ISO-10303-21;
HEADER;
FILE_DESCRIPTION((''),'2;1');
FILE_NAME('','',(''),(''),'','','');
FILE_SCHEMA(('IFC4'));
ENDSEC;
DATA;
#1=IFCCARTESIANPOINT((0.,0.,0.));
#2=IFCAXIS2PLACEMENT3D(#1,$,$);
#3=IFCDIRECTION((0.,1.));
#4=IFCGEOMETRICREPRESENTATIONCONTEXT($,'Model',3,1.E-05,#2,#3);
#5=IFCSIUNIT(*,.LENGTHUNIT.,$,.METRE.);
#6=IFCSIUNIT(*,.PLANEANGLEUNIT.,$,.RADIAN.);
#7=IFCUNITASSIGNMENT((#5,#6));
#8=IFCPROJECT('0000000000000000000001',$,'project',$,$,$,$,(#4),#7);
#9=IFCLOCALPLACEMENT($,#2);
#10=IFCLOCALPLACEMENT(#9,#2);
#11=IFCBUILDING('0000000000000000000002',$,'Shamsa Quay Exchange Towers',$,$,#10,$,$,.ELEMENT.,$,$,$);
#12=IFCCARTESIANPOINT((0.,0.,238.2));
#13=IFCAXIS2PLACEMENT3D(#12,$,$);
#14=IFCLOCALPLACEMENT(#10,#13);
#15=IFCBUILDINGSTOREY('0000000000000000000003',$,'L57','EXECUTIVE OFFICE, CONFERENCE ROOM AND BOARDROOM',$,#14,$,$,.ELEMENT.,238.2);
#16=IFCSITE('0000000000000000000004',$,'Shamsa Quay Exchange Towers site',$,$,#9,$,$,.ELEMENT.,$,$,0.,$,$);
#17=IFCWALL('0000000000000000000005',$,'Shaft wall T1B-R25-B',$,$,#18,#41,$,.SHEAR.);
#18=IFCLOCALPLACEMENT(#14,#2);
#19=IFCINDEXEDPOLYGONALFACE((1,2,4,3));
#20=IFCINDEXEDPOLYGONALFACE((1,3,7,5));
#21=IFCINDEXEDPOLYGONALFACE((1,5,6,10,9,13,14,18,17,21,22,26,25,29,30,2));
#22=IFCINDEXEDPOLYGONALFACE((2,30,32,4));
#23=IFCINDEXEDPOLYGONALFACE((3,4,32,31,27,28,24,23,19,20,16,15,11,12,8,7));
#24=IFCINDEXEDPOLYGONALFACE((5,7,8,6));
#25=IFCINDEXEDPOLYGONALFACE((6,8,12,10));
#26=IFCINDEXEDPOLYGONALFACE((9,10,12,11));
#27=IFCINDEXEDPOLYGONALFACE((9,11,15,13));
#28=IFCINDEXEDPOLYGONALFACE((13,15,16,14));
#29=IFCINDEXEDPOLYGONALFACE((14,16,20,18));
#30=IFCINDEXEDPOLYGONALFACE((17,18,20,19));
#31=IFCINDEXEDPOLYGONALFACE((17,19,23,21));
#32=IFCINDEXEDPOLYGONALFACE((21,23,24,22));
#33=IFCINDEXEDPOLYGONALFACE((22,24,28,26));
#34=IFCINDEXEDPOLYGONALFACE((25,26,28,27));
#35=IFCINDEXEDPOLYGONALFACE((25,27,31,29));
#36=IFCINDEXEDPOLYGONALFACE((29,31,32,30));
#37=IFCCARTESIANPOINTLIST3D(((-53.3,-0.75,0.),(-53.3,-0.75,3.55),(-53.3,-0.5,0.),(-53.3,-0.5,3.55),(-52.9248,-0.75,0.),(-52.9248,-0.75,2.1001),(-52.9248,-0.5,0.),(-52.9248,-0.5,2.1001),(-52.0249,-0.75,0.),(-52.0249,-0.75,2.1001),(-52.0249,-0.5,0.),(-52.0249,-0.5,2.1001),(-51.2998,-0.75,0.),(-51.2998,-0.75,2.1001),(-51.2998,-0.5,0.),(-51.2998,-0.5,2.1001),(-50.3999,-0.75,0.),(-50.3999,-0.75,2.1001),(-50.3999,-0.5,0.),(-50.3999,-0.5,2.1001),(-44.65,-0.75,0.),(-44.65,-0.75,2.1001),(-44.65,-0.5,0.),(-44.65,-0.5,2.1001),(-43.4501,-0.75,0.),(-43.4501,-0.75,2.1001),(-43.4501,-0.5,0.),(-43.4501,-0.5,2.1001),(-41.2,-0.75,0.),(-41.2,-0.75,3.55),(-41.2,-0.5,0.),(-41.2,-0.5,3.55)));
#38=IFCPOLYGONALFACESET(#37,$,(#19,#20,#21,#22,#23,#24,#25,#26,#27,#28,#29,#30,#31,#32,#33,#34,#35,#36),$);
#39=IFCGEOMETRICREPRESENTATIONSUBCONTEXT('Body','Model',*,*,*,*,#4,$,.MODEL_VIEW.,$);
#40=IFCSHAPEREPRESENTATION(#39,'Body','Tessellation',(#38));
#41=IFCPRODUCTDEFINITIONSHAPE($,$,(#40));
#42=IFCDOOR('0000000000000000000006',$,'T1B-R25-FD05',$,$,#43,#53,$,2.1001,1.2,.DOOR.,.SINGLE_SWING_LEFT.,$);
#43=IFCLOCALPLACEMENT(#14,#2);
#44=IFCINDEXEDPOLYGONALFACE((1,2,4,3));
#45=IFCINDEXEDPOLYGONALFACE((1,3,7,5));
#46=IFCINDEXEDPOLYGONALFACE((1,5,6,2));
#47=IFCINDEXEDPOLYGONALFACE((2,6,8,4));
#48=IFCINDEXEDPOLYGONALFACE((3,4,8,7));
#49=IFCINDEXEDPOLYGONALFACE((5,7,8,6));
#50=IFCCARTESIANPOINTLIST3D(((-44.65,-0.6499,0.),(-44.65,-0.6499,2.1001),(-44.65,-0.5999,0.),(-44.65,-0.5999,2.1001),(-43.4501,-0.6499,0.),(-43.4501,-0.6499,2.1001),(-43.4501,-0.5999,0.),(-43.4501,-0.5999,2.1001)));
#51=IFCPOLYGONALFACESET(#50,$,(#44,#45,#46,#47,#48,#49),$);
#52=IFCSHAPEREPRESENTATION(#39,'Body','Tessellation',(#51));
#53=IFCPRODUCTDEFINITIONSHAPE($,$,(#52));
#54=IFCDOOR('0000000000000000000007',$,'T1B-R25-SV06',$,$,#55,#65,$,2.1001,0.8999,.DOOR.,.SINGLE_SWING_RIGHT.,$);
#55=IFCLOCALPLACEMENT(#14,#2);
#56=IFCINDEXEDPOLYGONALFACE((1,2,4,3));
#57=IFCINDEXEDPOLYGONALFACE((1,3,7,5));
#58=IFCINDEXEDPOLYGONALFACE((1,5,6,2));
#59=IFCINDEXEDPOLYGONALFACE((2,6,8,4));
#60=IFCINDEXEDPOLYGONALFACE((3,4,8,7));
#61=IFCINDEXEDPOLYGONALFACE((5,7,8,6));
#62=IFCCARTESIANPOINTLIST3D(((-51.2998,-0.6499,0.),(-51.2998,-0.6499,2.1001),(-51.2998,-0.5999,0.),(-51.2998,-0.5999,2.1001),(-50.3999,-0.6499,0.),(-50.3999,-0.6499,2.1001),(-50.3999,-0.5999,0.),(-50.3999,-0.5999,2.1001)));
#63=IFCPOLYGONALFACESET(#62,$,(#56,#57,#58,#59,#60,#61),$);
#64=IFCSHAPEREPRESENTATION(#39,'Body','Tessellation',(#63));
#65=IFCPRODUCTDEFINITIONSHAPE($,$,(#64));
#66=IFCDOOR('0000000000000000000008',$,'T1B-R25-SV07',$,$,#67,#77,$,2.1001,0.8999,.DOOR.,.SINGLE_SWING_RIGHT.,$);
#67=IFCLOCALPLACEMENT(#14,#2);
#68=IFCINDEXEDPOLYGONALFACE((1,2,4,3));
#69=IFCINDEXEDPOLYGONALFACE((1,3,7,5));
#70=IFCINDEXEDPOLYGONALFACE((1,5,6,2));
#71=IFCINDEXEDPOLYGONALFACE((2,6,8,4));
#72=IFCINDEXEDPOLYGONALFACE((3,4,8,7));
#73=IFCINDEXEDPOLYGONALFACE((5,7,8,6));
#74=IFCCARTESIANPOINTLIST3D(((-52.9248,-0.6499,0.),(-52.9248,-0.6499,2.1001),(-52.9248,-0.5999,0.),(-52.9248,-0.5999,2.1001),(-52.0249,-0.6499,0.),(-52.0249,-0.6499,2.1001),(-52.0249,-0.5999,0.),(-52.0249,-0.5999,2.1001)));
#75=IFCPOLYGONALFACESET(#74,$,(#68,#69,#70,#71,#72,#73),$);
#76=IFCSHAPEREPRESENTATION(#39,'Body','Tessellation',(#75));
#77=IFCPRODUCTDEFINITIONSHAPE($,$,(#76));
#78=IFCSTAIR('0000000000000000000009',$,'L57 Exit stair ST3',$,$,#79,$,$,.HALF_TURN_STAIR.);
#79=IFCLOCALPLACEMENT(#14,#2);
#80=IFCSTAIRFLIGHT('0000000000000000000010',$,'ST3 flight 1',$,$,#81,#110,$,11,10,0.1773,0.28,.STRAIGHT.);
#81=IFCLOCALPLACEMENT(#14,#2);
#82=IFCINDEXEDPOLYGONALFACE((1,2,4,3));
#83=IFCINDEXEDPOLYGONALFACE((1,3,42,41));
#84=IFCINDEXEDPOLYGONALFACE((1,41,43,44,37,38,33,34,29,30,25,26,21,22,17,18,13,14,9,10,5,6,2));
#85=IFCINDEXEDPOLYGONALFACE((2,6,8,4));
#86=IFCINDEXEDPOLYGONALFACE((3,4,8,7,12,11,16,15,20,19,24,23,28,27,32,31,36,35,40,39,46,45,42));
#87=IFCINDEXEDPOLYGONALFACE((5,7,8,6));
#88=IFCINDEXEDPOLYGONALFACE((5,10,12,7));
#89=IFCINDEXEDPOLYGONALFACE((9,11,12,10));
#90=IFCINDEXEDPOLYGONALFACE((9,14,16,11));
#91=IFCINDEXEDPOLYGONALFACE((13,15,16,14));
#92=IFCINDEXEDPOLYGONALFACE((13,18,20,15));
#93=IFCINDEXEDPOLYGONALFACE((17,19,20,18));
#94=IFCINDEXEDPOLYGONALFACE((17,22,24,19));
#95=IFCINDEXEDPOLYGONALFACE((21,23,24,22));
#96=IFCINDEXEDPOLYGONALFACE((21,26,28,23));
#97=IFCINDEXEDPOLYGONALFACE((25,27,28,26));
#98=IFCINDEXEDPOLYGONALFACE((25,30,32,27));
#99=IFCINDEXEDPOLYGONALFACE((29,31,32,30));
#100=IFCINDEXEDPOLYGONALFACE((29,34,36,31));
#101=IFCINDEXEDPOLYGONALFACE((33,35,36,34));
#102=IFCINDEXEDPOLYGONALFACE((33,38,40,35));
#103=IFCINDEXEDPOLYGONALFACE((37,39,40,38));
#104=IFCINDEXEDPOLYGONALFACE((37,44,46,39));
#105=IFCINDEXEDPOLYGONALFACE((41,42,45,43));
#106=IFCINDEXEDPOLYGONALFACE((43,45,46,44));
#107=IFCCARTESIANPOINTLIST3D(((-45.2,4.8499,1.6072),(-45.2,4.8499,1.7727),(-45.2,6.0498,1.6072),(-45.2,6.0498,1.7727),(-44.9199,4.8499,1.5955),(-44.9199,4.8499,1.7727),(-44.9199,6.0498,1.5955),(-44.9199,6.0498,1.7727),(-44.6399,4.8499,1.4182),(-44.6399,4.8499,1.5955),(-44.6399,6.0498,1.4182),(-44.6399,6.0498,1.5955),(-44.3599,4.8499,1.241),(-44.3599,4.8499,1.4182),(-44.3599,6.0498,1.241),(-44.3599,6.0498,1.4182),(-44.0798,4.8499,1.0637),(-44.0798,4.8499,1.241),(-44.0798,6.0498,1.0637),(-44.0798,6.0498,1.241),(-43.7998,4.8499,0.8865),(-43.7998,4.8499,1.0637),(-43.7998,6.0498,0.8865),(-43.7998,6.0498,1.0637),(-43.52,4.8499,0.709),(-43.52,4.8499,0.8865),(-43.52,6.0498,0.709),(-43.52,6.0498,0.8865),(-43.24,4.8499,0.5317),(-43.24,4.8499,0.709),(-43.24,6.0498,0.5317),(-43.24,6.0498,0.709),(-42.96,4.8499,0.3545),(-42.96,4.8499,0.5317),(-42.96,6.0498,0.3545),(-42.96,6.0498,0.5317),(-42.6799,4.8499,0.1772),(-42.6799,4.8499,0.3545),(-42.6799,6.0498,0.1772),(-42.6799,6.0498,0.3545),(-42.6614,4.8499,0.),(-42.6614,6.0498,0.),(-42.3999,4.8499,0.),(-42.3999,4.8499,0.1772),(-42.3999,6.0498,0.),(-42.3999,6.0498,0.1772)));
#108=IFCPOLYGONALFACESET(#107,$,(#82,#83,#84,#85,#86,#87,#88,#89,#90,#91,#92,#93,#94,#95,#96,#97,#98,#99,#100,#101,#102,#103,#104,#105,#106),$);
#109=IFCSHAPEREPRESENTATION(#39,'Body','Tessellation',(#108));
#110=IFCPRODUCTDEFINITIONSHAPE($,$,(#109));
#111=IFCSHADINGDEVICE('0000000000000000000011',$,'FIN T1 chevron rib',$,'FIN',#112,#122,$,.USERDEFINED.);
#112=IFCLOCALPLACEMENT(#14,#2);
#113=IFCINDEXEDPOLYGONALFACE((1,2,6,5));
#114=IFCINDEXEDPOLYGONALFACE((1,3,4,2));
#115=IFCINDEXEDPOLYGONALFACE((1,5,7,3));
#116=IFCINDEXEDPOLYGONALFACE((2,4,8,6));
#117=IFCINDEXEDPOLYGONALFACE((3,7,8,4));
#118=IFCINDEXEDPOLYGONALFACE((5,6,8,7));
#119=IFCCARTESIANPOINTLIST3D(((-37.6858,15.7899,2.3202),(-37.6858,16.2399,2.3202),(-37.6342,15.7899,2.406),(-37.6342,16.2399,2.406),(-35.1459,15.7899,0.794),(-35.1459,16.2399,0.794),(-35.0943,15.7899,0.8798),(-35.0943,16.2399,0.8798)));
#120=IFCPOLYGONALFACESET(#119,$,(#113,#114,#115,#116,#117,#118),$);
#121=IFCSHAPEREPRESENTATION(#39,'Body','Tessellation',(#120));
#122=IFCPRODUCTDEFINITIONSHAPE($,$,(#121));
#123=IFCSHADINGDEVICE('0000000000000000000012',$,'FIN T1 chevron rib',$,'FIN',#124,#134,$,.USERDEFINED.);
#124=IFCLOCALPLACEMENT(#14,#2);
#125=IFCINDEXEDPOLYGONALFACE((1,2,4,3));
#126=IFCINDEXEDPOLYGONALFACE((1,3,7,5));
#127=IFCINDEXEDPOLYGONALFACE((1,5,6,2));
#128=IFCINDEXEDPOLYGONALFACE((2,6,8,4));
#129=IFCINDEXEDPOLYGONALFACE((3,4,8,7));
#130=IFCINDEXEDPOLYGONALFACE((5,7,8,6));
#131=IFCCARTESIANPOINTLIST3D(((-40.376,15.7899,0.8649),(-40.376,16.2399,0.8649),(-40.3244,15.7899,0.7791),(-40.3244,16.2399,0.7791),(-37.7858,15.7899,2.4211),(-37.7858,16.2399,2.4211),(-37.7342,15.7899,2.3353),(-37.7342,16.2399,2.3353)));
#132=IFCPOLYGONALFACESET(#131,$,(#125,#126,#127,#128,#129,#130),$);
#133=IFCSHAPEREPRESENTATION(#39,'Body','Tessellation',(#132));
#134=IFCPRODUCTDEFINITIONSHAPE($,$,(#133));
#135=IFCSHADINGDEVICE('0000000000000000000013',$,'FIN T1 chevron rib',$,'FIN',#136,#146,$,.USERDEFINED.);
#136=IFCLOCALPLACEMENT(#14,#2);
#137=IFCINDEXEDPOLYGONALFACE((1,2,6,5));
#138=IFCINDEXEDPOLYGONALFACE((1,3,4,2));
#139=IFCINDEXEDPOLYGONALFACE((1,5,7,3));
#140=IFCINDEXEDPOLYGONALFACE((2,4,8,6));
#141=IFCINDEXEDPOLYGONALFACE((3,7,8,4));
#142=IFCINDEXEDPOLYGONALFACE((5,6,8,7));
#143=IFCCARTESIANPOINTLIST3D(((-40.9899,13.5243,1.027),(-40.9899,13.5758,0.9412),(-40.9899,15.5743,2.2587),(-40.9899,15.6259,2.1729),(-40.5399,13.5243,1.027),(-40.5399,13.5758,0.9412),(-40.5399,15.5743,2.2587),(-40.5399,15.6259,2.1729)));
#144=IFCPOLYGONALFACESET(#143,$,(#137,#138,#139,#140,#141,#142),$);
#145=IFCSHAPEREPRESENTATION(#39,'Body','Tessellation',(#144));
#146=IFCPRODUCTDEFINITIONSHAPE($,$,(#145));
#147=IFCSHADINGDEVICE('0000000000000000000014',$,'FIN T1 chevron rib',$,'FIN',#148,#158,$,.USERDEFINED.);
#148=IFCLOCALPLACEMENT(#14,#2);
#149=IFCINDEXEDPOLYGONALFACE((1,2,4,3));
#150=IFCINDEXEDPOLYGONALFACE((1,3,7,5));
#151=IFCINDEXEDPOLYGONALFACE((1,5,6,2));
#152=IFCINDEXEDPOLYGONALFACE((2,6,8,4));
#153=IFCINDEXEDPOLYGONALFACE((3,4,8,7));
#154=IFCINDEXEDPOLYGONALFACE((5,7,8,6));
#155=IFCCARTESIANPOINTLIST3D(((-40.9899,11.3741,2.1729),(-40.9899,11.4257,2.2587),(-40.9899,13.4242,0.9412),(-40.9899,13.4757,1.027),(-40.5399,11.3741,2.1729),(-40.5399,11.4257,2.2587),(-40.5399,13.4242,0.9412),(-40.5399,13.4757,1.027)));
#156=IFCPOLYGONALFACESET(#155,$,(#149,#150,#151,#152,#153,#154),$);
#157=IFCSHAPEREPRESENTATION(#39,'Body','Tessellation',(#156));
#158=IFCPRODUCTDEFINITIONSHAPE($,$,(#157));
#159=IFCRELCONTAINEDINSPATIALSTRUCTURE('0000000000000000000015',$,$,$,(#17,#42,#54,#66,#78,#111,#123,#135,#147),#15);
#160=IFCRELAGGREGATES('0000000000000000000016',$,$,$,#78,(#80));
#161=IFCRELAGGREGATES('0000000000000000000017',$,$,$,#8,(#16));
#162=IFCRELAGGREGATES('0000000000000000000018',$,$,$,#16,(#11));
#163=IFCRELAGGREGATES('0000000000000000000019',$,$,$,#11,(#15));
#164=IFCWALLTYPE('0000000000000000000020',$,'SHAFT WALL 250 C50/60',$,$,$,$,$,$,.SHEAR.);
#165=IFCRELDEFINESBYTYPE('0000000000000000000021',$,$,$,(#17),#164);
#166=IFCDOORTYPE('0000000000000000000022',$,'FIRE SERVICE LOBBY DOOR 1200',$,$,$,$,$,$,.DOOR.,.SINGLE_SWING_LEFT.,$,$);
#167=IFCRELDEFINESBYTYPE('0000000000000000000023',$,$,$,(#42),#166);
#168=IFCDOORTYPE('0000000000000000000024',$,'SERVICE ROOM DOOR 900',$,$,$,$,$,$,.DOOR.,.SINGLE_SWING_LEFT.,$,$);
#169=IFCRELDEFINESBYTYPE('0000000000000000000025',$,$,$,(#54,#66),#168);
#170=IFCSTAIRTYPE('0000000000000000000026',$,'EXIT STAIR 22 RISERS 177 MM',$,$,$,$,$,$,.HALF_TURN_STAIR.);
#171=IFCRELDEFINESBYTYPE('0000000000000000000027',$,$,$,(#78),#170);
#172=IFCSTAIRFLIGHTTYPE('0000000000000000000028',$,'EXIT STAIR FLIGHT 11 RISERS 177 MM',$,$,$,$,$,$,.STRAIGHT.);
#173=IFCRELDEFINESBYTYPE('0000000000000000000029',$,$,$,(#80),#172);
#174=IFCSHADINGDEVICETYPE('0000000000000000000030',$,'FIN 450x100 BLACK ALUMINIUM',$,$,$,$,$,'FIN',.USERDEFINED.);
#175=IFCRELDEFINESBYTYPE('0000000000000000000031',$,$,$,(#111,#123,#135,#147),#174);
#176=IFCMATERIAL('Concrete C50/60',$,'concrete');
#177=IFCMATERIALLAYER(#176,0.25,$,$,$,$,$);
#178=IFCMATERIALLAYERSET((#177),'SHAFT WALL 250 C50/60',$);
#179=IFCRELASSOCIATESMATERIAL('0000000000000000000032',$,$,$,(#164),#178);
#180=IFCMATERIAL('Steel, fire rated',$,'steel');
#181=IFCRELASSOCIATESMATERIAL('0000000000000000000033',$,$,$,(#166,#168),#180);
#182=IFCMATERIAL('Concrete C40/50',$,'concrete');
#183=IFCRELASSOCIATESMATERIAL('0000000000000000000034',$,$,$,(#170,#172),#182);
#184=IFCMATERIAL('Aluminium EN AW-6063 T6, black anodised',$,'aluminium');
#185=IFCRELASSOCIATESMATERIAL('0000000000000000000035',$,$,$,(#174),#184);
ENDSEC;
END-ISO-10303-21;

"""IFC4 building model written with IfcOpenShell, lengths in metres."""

from ifc_helpers import new_model, si_unit, direction, frame, frame_2d, origin, origin_2d, place, context, subcontext, project, spatial, polyline, rectangle, outline, extrude, material, layer, layer_set, material_profile, profile_set, type_object, element, fill, aggregate, save


model = new_model("IFC4")

# Units and contexts
model_context = context("Model", 3, precision=1e-05, world=origin(), true_north=direction((0.0, 1.0)))
body_context = subcontext(model_context, "Body", "Model", "MODEL_VIEW")
ifc_project = project(units=[si_unit("LENGTHUNIT", "METRE"), si_unit("PLANEANGLEUNIT", "RADIAN")], contexts=[model_context])

# Site, building, storey
site_placement = place(None, origin())
site = spatial("IfcSite", under=ifc_project, at=site_placement, Name="Shamsa Quay Exchange Towers site", CompositionType="ELEMENT", RefElevation=0.0)
building_placement = place(site_placement, origin())
building = spatial("IfcBuilding", under=site, at=building_placement, Name="Shamsa Quay Exchange Towers", CompositionType="ELEMENT")
storey_placement = place(building_placement, frame((0.0, 0.0, 238.2)))
storey = spatial("IfcBuildingStorey", under=building, at=storey_placement, Name="L57", Description="EXECUTIVE OFFICE, CONFERENCE ROOM AND BOARDROOM", CompositionType="ELEMENT", Elevation=238.2)

# Shared definitions
ifc_material_1 = material(Name="Aluminium EN AW-6063 T6, black anodised", Category="aluminium")

# Wall, openings, doors
ifc_material_2 = material(Name="Concrete C50/60", Category="concrete")
ifc_layer_1 = layer(ifc_material_2, 0.25)
ifc_layer_set_1 = layer_set([ifc_layer_1], Name="SHAFT WALL 250 C50/60")
wall_type_1 = type_object("IfcWallType", Name="SHAFT WALL 250 C50/60", PredefinedType="SHEAR", material=ifc_layer_set_1)
wall_1_placement = place(storey_placement, frame((-41.2, -0.625, 0.0), z_axis=(0.0, 0.0, 1.0), x_axis=(-1.0, 0.0, 0.0)))
wall_1 = element("IfcWall", 1, at=wall_1_placement, inside=storey, type_object=wall_type_1, Name="Shaft wall T1B-R25-B", PredefinedType="SHEAR", context=body_context, shape_type="SweptSolid", body=[
    extrude(rectangle(XDim=12.1001, YDim=0.25, at=frame_2d((6.05, 0.0))), origin(), (0.0, 0.0, 1.0), 3.55),
])
opening_1_placement = place(wall_1_placement, frame((2.25, 0.0, 0.0)))
opening_1 = element("IfcOpeningElement", 2, at=opening_1_placement, cuts=wall_1, PredefinedType="OPENING", context=body_context, shape_type="SweptSolid", body=[
    extrude(rectangle(XDim=1.2, YDim=2.1001, at=frame_2d((0.6001, 1.05))), frame((0.0, 0.135, 0.0), z_axis=(0.0, -1.0, 0.0), x_axis=(1.0, 0.0, 0.0)), (0.0, 0.0, 1.0), 0.27),
])
opening_2_placement = place(wall_1_placement, frame((9.2, 0.0, 0.0)))
opening_2 = element("IfcOpeningElement", 3, at=opening_2_placement, cuts=wall_1, PredefinedType="OPENING", context=body_context, shape_type="SweptSolid", body=[
    extrude(rectangle(XDim=0.8999, YDim=2.1001, at=frame_2d((0.45, 1.05))), frame((0.0, 0.135, 0.0), z_axis=(0.0, -1.0, 0.0), x_axis=(1.0, 0.0, 0.0)), (0.0, 0.0, 1.0), 0.27),
])
opening_3_placement = place(wall_1_placement, frame((10.825, 0.0, 0.0)))
opening_3 = element("IfcOpeningElement", 4, at=opening_3_placement, cuts=wall_1, PredefinedType="OPENING", context=body_context, shape_type="SweptSolid", body=[
    extrude(rectangle(XDim=0.8999, YDim=2.1001, at=frame_2d((0.45, 1.05))), frame((0.0, 0.135, 0.0), z_axis=(0.0, -1.0, 0.0), x_axis=(1.0, 0.0, 0.0)), (0.0, 0.0, 1.0), 0.27),
])
ifc_material_3 = material(Name="Steel, fire rated", Category="steel")
door_type_1 = type_object("IfcDoorType", Name="FIRE SERVICE LOBBY DOOR 1200", OperationType="SINGLE_SWING_LEFT", PredefinedType="DOOR", material=ifc_material_3)
door_1_placement = place(opening_1_placement, origin())
door_1 = element("IfcDoor", 5, at=door_1_placement, inside=storey, type_object=door_type_1, Name="T1B-R25-FD05", OperationType="SINGLE_SWING_LEFT", OverallHeight=2.1001, OverallWidth=1.2, PredefinedType="DOOR", context=body_context, shape_type="SweptSolid", body=[
    extrude(rectangle(XDim=1.2, YDim=2.1001, at=frame_2d((0.6001, 1.05))), frame((0.0, 0.0249, 0.0), z_axis=(0.0, -1.0, 0.0), x_axis=(1.0, 0.0, 0.0)), (0.0, 0.0, 1.0), 0.05),
])
fill(opening_1, door_1)
door_type_2 = type_object("IfcDoorType", Name="SERVICE ROOM DOOR 900", OperationType="SINGLE_SWING_LEFT", PredefinedType="DOOR", material=ifc_material_3)
door_2_placement = place(opening_2_placement, origin())
door_2 = element("IfcDoor", 6, at=door_2_placement, inside=storey, type_object=door_type_2, Name="T1B-R25-SV06", OperationType="SINGLE_SWING_RIGHT", OverallHeight=2.1001, OverallWidth=0.8999, PredefinedType="DOOR", context=body_context, shape_type="SweptSolid", body=[
    extrude(rectangle(XDim=0.8999, YDim=2.1001, at=frame_2d((0.45, 1.05))), frame((0.0, 0.0249, 0.0), z_axis=(0.0, -1.0, 0.0), x_axis=(1.0, 0.0, 0.0)), (0.0, 0.0, 1.0), 0.05),
])
fill(opening_2, door_2)
door_3_placement = place(opening_3_placement, origin())
door_3 = element("IfcDoor", 7, at=door_3_placement, inside=storey, type_object=door_type_2, Name="T1B-R25-SV07", OperationType="SINGLE_SWING_RIGHT", OverallHeight=2.1001, OverallWidth=0.8999, PredefinedType="DOOR", context=body_context, shape_type="SweptSolid", body=[
    extrude(rectangle(XDim=0.8999, YDim=2.1001, at=frame_2d((0.45, 1.05))), frame((0.0, 0.0249, 0.0), z_axis=(0.0, -1.0, 0.0), x_axis=(1.0, 0.0, 0.0)), (0.0, 0.0, 1.0), 0.05),
])
fill(opening_3, door_3)

# Stair, stair flight
ifc_material_4 = material(Name="Concrete C40/50", Category="concrete")
stair_type = type_object("IfcStairType", Name="EXIT STAIR 22 RISERS 177 MM", PredefinedType="HALF_TURN_STAIR", material=ifc_material_4)
stair_placement = place(storey_placement, origin())
stair = element("IfcStair", 8, at=stair_placement, inside=storey, type_object=stair_type, Name="L57 Exit stair ST3", PredefinedType="HALF_TURN_STAIR")
stair_flight_type = type_object("IfcStairFlightType", Name="EXIT STAIR FLIGHT 11 RISERS 177 MM", PredefinedType="STRAIGHT", material=ifc_material_4)
stair_flight_placement = place(storey_placement, frame((-42.3999, 5.45, 0.0), z_axis=(0.0, 0.0, 1.0), x_axis=(-1.0, 0.0, 0.0)))
stair_flight = element("IfcStairFlight", 9, at=stair_flight_placement, type_object=stair_flight_type, Name="ST3 flight 1", NumberOfRisers=11, NumberOfTreads=10, PredefinedType="STRAIGHT", RiserHeight=0.1773, TreadLength=0.28, context=body_context, shape_type="SweptSolid", body=[
    extrude(outline(polyline([(0.0, 0.0), (0.0, 0.1772), (0.28, 0.1772), (0.28, 0.3545), (0.5601, 0.3545), (0.5601, 0.5317), (0.8401, 0.5317), (0.8401, 0.709), (1.1201, 0.709), (1.1201, 0.8865), (1.3999, 0.8865), (1.3999, 1.0637), (1.6799, 1.0637), (1.6799, 1.241), (1.96, 1.241), (1.96, 1.4182), (2.24, 1.4182), (2.24, 1.5955), (2.52, 1.5955), (2.52, 1.7727), (2.8, 1.7727), (2.8, 1.95), (2.8, 1.6072), (0.2615, 0.0), (0.0, 0.0)])), frame((0.0, 0.6001, 0.0), z_axis=(0.0, -1.0, 0.0), x_axis=(1.0, 0.0, 0.0)), (0.0, 0.0, 1.0), 1.2),
])
aggregate(stair, [stair_flight])

# Shading devices
ifc_material_profile_1 = material_profile(ifc_material_1, rectangle(XDim=0.45, YDim=0.1001, at=origin_2d()), Name="FIN450x100")
ifc_profile_set_1 = profile_set([ifc_material_profile_1], Name="Aluminium EN AW-6063 T6, black anodised")
shading_device_type = type_object("IfcShadingDeviceType", Name="FIN 450x100 BLACK ALUMINIUM", ElementType="FIN", PredefinedType="USERDEFINED", material=ifc_profile_set_1)
shading_device_1_placement = place(storey_placement, frame((-35.1201, 16.0149, 0.8369), z_axis=(-0.857158, 0.0, 0.515053), x_axis=(0.0, -1.0, 0.0)))
element("IfcShadingDevice", 10, at=shading_device_1_placement, inside=storey, type_object=shading_device_type, Name="FIN T1 chevron rib", ObjectType="FIN", PredefinedType="USERDEFINED", context=body_context, shape_type="SweptSolid", body=[
    extrude(rectangle(XDim=0.45, YDim=0.1001, at=origin_2d()), origin(), (0.0, 0.0, 1.0), 2.9631),
])
shading_device_2_placement = place(storey_placement, frame((-37.76, 16.0149, 2.3782), z_axis=(-0.857186, 0.0, -0.515007), x_axis=(0.0, -1.0, 0.0)))
element("IfcShadingDevice", 11, at=shading_device_2_placement, inside=storey, type_object=shading_device_type, Name="FIN T1 chevron rib", ObjectType="FIN", PredefinedType="USERDEFINED", context=body_context, shape_type="SweptSolid", body=[
    extrude(rectangle(XDim=0.45, YDim=0.1001, at=origin_2d()), origin(), (0.0, 0.0, 1.0), 3.0217),
])
for number, where, z_axis, x_axis, name in (
    (12, (-40.7649, 15.6001, 2.2158), (0.0, -0.857187, -0.515006), (1.0, 0.0, 0.0), "FIN T1 chevron rib"),
    (13, (-40.7649, 13.45, 0.9841), (0.0, -0.857187, 0.515006), (1.0, 0.0, 0.0), "FIN T1 chevron rib"),
):
    element("IfcShadingDevice", number, at=place(storey_placement, frame(where, z_axis=z_axis, x_axis=x_axis)), inside=storey, type_object=shading_device_type, Name=name, ObjectType="FIN", PredefinedType="USERDEFINED", context=body_context, shape_type="SweptSolid", body=[
        extrude(rectangle(XDim=0.45, YDim=0.1001, at=origin_2d()), origin(), (0.0, 0.0, 1.0), 2.3916),
    ])

save(model, "model.ifc")
